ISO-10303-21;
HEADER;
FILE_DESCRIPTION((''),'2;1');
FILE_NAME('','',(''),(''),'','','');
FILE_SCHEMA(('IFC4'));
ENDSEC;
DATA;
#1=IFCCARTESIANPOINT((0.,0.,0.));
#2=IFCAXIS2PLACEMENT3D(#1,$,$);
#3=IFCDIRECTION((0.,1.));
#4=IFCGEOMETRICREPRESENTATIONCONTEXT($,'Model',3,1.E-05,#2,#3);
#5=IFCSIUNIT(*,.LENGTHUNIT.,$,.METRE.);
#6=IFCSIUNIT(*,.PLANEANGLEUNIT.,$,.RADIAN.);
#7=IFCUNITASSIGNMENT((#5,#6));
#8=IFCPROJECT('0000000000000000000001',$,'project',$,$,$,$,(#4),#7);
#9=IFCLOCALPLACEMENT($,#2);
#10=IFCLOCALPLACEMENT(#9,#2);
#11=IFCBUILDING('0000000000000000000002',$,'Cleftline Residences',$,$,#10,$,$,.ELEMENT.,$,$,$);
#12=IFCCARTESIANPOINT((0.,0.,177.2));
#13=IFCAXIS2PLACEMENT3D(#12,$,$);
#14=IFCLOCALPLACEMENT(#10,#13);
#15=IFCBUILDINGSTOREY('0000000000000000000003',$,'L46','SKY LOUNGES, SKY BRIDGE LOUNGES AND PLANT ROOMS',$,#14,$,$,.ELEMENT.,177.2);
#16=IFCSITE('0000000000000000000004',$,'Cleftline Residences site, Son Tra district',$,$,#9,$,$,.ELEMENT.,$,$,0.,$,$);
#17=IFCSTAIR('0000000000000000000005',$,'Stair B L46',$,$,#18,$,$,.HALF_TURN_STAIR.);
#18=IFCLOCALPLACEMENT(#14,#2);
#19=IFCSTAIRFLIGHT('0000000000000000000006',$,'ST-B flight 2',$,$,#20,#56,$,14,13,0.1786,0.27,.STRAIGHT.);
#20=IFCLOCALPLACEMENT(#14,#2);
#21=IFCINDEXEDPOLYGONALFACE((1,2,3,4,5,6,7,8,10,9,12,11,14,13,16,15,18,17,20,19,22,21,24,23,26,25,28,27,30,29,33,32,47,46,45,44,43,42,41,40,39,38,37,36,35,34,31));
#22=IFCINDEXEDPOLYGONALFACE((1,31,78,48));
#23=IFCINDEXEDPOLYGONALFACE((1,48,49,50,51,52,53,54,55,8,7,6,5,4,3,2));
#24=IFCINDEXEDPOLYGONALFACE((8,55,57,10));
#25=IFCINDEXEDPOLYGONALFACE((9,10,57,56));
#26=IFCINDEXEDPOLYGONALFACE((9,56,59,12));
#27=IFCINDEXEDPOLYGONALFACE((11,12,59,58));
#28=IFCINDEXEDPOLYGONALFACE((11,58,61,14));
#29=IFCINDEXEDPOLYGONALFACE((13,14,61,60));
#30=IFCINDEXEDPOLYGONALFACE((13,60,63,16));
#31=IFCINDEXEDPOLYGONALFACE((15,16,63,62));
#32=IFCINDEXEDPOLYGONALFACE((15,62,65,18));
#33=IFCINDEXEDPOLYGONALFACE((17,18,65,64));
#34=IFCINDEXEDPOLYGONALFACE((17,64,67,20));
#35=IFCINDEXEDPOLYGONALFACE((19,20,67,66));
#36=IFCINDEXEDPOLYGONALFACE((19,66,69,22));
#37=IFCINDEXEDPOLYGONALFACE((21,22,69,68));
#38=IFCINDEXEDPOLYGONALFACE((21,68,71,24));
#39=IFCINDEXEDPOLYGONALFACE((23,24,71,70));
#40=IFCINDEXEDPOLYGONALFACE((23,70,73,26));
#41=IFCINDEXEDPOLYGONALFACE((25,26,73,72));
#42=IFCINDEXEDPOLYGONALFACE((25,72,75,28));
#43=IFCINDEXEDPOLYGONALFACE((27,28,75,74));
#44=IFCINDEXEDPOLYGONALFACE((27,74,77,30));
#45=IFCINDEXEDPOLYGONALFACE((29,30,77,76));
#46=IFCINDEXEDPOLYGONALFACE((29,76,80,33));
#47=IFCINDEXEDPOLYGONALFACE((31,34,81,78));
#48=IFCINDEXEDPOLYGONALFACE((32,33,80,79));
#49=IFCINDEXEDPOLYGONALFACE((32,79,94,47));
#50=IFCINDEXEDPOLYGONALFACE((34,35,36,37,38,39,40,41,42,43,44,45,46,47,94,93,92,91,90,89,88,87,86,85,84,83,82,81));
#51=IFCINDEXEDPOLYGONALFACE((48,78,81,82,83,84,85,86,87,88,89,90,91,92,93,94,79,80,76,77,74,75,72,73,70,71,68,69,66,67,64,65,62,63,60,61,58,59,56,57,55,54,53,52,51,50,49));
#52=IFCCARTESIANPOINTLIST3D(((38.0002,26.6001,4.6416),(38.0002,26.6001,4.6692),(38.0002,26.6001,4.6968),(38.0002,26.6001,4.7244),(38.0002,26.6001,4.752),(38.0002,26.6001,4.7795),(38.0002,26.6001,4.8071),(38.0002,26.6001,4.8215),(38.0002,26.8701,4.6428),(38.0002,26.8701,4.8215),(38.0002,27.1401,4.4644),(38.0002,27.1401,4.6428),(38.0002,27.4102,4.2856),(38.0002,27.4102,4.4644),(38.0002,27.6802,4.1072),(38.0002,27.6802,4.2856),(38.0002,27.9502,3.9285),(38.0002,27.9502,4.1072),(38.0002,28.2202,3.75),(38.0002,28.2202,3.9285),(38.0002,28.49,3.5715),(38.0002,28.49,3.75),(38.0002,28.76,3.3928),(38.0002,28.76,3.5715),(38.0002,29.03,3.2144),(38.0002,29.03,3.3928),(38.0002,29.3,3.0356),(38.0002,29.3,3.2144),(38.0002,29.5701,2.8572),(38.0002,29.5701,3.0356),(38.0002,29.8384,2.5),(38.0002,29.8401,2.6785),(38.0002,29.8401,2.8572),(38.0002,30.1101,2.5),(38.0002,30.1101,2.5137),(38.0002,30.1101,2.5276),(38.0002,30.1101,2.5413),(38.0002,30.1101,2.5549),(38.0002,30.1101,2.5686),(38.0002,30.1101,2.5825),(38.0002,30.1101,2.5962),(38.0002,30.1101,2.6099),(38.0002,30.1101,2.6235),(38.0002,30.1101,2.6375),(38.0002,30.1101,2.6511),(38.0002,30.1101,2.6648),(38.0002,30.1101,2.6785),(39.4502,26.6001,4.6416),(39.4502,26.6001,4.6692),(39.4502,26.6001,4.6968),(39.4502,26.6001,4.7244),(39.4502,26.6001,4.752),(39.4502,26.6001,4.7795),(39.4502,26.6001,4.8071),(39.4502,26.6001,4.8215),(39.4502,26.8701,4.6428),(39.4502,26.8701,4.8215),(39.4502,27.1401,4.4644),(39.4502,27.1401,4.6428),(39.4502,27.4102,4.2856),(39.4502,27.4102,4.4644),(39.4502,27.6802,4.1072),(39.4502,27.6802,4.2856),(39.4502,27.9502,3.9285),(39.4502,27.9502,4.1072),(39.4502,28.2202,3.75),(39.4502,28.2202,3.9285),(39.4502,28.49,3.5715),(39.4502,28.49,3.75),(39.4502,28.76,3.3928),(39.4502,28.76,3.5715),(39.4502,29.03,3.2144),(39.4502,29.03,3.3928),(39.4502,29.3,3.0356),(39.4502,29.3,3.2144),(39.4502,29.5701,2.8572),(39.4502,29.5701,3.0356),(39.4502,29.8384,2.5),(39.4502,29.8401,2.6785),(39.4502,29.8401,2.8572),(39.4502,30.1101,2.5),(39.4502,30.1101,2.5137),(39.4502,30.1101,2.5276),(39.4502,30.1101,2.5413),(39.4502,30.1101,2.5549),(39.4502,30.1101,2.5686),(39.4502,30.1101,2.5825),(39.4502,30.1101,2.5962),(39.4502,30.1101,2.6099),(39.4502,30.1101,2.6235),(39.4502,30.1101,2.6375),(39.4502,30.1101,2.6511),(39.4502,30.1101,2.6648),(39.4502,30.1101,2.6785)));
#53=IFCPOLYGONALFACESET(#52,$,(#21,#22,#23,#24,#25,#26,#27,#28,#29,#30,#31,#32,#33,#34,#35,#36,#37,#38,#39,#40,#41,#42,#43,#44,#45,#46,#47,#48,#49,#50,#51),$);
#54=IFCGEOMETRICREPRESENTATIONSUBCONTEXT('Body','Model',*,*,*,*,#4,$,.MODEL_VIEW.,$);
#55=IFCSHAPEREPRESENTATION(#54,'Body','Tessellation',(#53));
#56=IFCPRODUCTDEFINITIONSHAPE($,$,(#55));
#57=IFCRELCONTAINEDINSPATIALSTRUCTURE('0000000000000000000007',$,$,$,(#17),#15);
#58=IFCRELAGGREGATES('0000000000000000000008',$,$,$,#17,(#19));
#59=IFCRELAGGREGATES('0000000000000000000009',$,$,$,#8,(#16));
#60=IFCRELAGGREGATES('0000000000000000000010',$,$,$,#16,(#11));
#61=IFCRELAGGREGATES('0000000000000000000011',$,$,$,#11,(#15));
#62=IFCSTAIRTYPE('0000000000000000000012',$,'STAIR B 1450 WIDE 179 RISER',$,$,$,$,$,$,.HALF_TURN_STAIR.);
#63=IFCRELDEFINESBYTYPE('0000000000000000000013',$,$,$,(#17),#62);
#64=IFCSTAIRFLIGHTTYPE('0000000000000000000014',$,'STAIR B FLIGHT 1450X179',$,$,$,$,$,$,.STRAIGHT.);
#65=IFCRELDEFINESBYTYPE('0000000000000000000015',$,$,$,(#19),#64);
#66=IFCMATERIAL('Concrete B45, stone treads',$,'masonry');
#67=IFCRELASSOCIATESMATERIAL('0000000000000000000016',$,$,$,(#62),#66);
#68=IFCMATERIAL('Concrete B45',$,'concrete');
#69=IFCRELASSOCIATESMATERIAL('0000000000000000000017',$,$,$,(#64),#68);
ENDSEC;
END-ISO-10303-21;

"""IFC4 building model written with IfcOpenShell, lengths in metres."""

from ifc_helpers import new_model, si_unit, direction, frame, origin, place, context, subcontext, project, spatial, polyline, outline, extrude, material, type_object, element, aggregate, save


model = new_model("IFC4")

# Units and contexts
model_context = context("Model", 3, precision=1e-05, world=origin(), true_north=direction((0.0, 1.0)))
body_context = subcontext(model_context, "Body", "Model", "MODEL_VIEW")
ifc_project = project(units=[si_unit("LENGTHUNIT", "METRE"), si_unit("PLANEANGLEUNIT", "RADIAN")], contexts=[model_context])

# Site, building, storey
site_placement = place(None, origin())
site = spatial("IfcSite", under=ifc_project, at=site_placement, Name="Cleftline Residences site, Son Tra district", CompositionType="ELEMENT", RefElevation=0.0)
building_placement = place(site_placement, origin())
building = spatial("IfcBuilding", under=site, at=building_placement, Name="Cleftline Residences", CompositionType="ELEMENT")
storey_placement = place(building_placement, frame((0.0, 0.0, 177.2)))
storey = spatial("IfcBuildingStorey", under=building, at=storey_placement, Name="L46", Description="SKY LOUNGES, SKY BRIDGE LOUNGES AND PLANT ROOMS", CompositionType="ELEMENT", Elevation=177.2)

# Stair, stair flight
ifc_material_1 = material(Name="Concrete B45, stone treads", Category="masonry")
stair_type = type_object("IfcStairType", Name="STAIR B 1450 WIDE 179 RISER", PredefinedType="HALF_TURN_STAIR", material=ifc_material_1)
stair_placement = place(storey_placement, origin())
stair = element("IfcStair", 1, at=stair_placement, inside=storey, type_object=stair_type, Name="Stair B L46", PredefinedType="HALF_TURN_STAIR")
ifc_material_2 = material(Name="Concrete B45", Category="concrete")
stair_flight_type = type_object("IfcStairFlightType", Name="STAIR B FLIGHT 1450X179", PredefinedType="STRAIGHT", material=ifc_material_2)
stair_flight_1_placement = place(storey_placement, frame((38.7251, 30.1101, 2.5), z_axis=(0.0, 0.0, 1.0), x_axis=(0.0, -1.0, 0.0)))
stair_flight_1 = element("IfcStairFlight", 2, at=stair_flight_1_placement, type_object=stair_flight_type, Name="ST-B flight 2", NumberOfRisers=14, NumberOfTreads=13, PredefinedType="STRAIGHT", RiserHeight=0.1786, TreadLength=0.27, context=body_context, shape_type="SweptSolid", body=[
    extrude(outline(polyline([(0.0, 0.0), (0.0, 0.0137), (0.0, 0.0276), (0.0, 0.0413), (0.0, 0.0549), (0.0, 0.0686), (0.0, 0.0825), (0.0, 0.0962), (0.0, 0.1099), (0.0, 0.1235), (0.0, 0.1375), (0.0, 0.1511), (0.0, 0.1648), (0.0, 0.1785), (0.27, 0.1785), (0.27, 0.3572), (0.54, 0.3572), (0.54, 0.5356), (0.8101, 0.5356), (0.8101, 0.7144), (1.0801, 0.7144), (1.0801, 0.8928), (1.3501, 0.8928), (1.3501, 1.0715), (1.6201, 1.0715), (1.6201, 1.25), (1.8899, 1.25), (1.8899, 1.4285), (2.1599, 1.4285), (2.1599, 1.6072), (2.4299, 1.6072), (2.4299, 1.7856), (2.7, 1.7856), (2.7, 1.9644), (2.97, 1.9644), (2.97, 2.1428), (3.24, 2.1428), (3.24, 2.3215), (3.51, 2.3215), (3.51, 2.5), (3.51, 2.4724), (3.51, 2.4448), (3.51, 2.4172), (3.51, 2.3896), (3.51, 2.3623), (3.51, 2.3347), (3.51, 2.3071), (3.51, 2.2795), (3.51, 2.252), (3.51, 2.2244), (3.51, 2.1968), (3.51, 2.1692), (3.51, 2.1416), (0.2717, 0.0), (0.0, 0.0)])), frame((0.0, 0.7251, 0.0), z_axis=(0.0, -1.0, 0.0), x_axis=(1.0, 0.0, 0.0)), (0.0, 0.0, 1.0), 1.45),
])
aggregate(stair, [stair_flight_1])

save(model, "model.ifc")
